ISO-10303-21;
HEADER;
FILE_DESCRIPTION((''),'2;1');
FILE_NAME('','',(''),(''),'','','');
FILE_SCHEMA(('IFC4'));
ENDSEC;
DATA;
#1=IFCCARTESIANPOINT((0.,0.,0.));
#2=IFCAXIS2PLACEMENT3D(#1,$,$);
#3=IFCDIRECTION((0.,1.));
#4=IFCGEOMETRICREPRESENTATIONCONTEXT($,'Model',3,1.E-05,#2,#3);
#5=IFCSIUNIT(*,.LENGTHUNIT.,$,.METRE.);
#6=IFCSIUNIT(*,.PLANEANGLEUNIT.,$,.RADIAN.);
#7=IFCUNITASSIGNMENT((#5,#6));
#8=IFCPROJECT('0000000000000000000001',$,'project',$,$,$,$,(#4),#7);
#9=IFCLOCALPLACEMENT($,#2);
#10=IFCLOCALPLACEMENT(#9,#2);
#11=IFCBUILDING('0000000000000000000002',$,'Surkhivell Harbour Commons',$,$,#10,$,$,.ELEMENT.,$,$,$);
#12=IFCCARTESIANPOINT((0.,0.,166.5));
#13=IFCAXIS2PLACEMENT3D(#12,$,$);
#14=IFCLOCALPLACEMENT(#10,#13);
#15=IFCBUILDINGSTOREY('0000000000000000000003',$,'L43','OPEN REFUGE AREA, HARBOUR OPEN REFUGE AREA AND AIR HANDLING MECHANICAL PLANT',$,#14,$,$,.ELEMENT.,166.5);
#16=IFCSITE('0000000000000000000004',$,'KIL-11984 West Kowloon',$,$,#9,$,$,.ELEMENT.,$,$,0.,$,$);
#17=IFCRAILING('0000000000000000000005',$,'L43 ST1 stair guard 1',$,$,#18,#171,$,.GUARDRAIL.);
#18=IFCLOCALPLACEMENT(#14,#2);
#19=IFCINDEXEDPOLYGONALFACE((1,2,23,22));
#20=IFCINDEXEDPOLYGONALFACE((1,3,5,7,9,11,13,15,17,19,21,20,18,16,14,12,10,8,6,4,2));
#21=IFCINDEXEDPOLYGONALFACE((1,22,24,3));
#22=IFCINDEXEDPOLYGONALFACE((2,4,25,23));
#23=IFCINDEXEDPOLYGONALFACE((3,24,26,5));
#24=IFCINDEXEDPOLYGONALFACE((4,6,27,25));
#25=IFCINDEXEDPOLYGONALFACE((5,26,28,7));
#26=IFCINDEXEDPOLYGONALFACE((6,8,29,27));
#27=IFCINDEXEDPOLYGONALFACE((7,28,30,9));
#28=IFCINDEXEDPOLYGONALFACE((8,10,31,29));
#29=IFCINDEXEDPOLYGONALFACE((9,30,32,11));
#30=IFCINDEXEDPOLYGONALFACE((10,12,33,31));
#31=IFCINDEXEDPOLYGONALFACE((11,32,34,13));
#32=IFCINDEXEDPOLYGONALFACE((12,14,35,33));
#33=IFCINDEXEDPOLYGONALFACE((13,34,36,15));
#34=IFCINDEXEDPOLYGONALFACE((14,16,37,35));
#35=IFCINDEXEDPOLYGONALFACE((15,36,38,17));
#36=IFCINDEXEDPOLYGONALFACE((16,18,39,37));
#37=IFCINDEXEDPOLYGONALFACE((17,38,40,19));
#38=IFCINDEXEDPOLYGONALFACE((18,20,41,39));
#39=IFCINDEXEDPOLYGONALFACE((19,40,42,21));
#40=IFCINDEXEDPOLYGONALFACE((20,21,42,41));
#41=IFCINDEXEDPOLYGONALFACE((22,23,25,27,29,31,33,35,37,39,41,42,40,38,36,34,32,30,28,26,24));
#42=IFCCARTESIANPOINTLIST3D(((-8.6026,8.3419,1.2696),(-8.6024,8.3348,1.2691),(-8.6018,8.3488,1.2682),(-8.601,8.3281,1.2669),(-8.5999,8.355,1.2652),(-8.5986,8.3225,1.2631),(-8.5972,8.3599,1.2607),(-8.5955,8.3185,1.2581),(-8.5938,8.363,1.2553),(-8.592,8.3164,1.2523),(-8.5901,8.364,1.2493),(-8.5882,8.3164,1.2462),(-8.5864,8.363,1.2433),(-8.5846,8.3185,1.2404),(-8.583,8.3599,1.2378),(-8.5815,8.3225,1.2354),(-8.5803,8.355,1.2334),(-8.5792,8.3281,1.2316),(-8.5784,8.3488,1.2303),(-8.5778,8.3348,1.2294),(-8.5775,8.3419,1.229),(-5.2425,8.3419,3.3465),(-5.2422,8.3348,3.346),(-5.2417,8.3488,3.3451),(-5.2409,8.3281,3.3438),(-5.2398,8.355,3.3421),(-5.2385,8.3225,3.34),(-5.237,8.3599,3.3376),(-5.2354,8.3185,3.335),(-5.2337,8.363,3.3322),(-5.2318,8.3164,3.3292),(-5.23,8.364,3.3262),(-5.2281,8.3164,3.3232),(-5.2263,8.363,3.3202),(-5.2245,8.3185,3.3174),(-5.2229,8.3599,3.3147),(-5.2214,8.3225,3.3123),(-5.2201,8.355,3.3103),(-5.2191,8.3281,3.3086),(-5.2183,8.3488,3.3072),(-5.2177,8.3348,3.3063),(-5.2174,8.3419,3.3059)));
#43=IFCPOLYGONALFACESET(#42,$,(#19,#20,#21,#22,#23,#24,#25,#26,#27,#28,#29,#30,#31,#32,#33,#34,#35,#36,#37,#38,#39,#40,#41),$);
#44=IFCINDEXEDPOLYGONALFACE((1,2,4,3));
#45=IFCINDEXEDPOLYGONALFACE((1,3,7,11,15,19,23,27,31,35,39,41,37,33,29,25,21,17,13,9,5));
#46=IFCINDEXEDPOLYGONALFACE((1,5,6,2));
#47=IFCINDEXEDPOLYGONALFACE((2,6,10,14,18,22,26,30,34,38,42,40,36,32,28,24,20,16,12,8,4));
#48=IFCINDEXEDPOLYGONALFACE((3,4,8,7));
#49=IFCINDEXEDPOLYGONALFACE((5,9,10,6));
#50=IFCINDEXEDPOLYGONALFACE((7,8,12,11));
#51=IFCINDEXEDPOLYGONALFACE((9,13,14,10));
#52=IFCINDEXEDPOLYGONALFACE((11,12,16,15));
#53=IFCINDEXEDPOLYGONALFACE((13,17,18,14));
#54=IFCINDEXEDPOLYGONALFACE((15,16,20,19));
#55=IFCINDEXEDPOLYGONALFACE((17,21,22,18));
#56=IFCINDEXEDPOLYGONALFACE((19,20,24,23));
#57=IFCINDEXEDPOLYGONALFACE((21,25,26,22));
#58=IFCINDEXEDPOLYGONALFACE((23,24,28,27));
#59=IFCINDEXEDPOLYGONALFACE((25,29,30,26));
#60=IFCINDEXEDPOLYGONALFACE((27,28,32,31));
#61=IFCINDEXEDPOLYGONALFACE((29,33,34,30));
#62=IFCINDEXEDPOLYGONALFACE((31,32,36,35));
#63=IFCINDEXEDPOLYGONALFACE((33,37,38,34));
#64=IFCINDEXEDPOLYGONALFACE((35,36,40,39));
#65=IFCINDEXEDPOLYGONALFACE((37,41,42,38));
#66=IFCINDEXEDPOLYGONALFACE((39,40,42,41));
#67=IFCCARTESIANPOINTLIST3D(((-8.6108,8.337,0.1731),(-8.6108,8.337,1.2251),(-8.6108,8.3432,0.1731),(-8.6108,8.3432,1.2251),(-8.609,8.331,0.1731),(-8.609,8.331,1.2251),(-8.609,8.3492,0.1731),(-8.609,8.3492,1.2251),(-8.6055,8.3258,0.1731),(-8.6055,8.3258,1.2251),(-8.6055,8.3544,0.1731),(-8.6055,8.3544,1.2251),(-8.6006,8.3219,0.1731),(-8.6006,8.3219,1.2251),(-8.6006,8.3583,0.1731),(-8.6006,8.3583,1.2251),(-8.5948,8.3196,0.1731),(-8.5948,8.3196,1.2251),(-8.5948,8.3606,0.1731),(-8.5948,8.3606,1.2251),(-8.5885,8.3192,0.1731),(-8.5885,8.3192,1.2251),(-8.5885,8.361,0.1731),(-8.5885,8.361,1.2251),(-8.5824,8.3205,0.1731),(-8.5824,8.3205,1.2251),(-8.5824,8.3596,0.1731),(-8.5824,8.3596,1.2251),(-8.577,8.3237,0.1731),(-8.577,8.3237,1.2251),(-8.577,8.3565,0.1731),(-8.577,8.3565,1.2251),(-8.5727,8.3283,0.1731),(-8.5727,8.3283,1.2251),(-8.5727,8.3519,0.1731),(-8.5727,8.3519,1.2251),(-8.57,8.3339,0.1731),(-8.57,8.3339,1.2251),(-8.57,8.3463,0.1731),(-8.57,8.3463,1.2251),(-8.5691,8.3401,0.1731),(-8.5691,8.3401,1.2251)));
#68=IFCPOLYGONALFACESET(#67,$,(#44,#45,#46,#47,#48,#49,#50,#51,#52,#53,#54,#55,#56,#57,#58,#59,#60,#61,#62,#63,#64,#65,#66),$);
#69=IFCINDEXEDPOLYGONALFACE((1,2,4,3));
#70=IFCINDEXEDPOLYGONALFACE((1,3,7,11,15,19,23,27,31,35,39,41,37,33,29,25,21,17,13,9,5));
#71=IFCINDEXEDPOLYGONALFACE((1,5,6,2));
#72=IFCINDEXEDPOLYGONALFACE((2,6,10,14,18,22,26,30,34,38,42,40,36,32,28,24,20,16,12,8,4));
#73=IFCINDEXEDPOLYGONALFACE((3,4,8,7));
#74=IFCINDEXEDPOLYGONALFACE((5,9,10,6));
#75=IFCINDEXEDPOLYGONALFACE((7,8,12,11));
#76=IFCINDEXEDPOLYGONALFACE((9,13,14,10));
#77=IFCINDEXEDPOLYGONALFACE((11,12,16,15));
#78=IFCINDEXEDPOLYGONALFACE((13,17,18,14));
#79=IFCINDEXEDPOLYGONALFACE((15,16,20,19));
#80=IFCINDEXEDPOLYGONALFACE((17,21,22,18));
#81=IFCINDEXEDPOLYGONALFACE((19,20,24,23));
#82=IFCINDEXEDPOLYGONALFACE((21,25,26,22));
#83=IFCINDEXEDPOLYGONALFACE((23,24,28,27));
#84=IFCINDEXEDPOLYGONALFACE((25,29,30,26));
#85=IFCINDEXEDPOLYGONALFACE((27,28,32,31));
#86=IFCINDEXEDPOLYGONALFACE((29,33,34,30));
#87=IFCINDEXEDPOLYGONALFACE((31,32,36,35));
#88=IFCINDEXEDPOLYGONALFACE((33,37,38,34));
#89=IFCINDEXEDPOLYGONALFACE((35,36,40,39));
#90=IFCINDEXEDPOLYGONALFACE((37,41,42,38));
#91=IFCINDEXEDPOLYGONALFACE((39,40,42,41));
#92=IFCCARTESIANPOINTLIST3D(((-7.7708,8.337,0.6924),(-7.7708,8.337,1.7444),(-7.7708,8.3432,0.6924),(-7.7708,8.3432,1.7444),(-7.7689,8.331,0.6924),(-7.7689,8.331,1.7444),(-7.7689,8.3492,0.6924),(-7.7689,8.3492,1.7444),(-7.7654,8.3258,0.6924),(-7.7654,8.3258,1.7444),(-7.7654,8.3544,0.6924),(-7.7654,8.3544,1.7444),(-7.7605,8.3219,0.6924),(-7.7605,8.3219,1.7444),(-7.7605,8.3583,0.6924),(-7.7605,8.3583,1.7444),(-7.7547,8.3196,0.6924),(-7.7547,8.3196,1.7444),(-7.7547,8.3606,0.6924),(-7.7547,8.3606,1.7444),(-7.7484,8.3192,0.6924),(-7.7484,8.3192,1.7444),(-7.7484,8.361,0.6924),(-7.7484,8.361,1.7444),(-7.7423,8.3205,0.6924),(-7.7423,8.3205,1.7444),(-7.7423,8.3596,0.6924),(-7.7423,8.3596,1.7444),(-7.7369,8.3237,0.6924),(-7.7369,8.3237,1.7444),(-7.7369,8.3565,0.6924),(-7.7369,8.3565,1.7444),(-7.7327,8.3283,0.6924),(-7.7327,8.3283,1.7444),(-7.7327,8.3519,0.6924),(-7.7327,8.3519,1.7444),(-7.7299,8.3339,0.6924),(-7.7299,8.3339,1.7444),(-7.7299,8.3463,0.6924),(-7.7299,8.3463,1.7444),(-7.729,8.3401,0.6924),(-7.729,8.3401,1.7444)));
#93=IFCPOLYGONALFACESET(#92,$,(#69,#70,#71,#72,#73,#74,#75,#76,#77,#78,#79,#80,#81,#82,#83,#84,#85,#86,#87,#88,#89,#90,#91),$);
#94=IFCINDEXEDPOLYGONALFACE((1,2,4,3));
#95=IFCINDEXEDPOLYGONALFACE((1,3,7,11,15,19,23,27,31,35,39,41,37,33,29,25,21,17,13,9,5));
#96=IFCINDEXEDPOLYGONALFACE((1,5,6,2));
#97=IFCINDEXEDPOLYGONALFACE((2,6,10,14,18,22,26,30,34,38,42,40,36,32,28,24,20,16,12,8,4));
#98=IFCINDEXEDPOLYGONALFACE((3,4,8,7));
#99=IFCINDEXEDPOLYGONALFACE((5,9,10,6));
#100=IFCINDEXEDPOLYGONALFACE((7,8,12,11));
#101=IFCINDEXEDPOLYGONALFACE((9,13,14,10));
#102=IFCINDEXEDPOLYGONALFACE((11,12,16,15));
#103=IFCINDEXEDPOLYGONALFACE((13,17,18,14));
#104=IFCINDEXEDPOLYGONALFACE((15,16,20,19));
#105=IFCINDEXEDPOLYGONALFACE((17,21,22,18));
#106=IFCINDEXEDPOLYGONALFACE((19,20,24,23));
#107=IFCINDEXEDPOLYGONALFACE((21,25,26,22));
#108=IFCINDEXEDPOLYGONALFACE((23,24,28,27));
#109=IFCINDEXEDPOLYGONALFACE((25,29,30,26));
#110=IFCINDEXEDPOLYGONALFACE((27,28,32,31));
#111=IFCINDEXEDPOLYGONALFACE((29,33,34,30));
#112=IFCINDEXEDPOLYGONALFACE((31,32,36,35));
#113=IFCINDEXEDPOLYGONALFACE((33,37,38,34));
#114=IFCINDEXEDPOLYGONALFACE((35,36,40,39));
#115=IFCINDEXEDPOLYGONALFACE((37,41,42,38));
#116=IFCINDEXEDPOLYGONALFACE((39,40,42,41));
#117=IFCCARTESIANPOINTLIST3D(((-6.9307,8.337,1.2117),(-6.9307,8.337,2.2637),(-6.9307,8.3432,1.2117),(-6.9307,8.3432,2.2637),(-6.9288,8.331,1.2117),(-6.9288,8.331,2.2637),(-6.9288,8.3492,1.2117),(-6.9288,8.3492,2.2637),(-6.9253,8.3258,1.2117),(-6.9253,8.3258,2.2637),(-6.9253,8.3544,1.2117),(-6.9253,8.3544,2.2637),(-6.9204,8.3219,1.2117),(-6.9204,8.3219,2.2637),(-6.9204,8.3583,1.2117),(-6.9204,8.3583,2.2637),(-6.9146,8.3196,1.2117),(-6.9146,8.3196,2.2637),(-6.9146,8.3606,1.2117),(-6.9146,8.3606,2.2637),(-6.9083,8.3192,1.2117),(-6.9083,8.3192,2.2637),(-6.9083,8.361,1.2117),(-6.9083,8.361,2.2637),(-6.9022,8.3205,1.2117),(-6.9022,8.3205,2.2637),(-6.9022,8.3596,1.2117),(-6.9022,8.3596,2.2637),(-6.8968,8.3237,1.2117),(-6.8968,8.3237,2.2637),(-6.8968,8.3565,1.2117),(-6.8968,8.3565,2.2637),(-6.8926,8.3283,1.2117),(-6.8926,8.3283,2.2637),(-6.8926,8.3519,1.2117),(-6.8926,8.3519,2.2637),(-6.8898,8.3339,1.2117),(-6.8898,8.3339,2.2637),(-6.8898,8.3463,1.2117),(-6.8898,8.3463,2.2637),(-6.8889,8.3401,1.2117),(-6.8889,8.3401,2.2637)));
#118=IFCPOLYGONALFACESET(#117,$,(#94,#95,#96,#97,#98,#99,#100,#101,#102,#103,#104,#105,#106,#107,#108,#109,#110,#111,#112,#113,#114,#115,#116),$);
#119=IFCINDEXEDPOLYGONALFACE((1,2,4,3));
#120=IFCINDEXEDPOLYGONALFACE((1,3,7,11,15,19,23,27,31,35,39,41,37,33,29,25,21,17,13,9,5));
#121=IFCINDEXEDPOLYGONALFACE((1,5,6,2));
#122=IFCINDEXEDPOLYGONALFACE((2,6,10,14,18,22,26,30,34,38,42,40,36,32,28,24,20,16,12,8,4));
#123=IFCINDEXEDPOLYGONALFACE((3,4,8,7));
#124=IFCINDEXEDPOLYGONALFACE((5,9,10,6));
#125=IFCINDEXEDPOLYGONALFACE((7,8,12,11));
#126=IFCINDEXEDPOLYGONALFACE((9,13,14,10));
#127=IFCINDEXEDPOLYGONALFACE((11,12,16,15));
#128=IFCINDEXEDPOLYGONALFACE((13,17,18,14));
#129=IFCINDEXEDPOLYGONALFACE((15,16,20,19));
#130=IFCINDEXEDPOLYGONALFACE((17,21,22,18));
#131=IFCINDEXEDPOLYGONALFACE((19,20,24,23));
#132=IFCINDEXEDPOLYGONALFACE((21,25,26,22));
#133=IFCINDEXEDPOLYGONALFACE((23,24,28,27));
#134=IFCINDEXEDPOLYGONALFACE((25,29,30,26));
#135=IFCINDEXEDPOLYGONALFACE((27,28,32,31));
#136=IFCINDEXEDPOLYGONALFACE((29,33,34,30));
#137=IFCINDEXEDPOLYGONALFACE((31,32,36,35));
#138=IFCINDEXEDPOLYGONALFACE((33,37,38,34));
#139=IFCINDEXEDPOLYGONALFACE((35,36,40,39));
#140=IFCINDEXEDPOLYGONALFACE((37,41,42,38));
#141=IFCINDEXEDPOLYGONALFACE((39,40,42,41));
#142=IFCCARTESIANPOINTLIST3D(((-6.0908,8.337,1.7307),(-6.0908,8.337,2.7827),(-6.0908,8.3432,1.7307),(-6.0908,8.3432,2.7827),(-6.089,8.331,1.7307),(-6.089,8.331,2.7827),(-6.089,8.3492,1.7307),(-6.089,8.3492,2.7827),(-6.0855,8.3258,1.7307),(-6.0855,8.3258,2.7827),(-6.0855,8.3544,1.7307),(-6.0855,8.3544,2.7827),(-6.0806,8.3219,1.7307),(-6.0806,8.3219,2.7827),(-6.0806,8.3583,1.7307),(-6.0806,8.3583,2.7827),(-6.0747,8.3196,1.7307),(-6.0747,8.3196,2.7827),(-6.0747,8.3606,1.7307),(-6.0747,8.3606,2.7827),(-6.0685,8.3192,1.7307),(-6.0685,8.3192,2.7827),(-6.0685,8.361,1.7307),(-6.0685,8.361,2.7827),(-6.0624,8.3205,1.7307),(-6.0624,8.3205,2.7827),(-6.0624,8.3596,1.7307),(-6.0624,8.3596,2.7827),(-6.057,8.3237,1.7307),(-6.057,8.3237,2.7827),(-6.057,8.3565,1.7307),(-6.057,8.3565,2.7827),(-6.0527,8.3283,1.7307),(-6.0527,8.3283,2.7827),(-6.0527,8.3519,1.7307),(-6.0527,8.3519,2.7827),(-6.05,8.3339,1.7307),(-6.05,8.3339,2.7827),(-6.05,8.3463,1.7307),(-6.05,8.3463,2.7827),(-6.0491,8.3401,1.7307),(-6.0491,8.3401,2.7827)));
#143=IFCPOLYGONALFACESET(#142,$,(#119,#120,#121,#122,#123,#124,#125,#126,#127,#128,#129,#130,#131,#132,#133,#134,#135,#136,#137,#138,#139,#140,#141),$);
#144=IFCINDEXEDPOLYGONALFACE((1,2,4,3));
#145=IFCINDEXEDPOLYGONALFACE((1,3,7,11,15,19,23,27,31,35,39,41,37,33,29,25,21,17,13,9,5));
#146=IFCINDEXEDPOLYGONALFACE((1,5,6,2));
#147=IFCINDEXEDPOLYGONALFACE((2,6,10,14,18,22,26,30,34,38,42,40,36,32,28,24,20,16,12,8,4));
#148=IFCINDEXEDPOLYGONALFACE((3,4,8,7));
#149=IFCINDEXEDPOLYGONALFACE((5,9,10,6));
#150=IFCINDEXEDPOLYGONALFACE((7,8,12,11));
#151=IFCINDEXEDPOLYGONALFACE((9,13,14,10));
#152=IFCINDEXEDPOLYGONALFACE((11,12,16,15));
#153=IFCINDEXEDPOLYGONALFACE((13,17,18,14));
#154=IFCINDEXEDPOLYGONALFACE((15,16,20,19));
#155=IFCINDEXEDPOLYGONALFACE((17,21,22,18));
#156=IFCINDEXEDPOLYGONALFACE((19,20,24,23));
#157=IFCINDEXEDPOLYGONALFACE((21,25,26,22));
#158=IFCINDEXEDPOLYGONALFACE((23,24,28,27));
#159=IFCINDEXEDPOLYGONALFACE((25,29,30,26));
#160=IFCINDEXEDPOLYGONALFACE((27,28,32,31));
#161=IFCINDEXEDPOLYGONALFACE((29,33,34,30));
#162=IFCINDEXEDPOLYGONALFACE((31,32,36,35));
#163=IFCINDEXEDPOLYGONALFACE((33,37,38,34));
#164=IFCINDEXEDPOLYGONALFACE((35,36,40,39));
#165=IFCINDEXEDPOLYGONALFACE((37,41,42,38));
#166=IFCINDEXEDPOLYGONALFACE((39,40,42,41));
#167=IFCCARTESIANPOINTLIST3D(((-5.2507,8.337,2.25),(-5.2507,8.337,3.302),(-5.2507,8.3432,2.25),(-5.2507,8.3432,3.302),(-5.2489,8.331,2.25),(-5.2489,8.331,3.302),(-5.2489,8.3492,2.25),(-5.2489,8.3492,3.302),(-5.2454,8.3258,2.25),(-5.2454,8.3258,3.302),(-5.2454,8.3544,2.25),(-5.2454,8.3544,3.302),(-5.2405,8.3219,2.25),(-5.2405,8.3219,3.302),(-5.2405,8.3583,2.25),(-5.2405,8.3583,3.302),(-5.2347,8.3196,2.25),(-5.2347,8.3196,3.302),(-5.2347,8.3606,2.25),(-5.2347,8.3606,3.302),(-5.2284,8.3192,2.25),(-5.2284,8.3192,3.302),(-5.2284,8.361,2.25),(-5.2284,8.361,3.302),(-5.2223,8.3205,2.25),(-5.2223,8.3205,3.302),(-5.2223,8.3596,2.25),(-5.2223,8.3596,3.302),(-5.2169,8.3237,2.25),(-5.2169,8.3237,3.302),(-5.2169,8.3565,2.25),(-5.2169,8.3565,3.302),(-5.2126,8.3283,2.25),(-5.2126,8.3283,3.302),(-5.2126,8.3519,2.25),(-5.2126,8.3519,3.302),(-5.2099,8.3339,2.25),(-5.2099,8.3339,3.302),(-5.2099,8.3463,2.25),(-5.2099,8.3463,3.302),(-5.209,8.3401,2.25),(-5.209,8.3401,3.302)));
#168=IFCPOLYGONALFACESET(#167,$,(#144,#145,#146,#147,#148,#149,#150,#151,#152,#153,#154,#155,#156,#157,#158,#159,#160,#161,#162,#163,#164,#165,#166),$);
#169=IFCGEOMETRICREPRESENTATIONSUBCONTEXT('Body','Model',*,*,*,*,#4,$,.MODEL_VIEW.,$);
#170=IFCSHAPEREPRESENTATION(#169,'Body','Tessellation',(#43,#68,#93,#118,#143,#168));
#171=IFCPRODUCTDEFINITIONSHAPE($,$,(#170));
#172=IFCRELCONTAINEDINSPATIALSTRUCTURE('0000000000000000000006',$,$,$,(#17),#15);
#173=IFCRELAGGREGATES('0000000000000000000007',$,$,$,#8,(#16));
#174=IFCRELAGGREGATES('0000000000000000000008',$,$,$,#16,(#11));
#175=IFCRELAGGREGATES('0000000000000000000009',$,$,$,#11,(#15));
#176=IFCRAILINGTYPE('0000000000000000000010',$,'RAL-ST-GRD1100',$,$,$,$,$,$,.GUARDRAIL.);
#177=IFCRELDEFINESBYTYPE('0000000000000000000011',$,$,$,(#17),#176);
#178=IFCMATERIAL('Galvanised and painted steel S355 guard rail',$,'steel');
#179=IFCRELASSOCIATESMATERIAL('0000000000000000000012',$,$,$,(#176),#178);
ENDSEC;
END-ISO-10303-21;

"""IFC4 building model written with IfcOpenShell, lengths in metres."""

from ifc_helpers import new_model, si_unit, direction, frame, origin, origin_2d, place, context, subcontext, project, spatial, circle, extrude, material, type_object, element, save


model = new_model("IFC4")

# Units and contexts
model_context = context("Model", 3, precision=1e-05, world=origin(), true_north=direction((0.0, 1.0)))
body_context = subcontext(model_context, "Body", "Model", "MODEL_VIEW")
ifc_project = project(units=[si_unit("LENGTHUNIT", "METRE"), si_unit("PLANEANGLEUNIT", "RADIAN")], contexts=[model_context])

# Site, building, storey
site_placement = place(None, origin())
site = spatial("IfcSite", under=ifc_project, at=site_placement, Name="KIL-11984 West Kowloon", CompositionType="ELEMENT", RefElevation=0.0)
building_placement = place(site_placement, origin())
building = spatial("IfcBuilding", under=site, at=building_placement, Name="Surkhivell Harbour Commons", CompositionType="ELEMENT")
storey_placement = place(building_placement, frame((0.0, 0.0, 166.5)))
storey = spatial("IfcBuildingStorey", under=building, at=storey_placement, Name="L43", Description="OPEN REFUGE AREA, HARBOUR OPEN REFUGE AREA AND AIR HANDLING MECHANICAL PLANT", CompositionType="ELEMENT", Elevation=166.5)

# Railing
ifc_material_1 = material(Name="Galvanised and painted steel S355 guard rail", Category="steel")
railing_type_1 = type_object("IfcRailingType", Name="RAL-ST-GRD1100", PredefinedType="GUARDRAIL", material=ifc_material_1)
railing_1_placement = place(storey_placement, frame((-8.5901, 8.3401, 0.1731)))
element("IfcRailing", 1, at=railing_1_placement, inside=storey, type_object=railing_type_1, Name="L43 ST1 stair guard 1", PredefinedType="GUARDRAIL", context=body_context, shape_type="SweptSolid", body=[
    extrude(circle(Radius=0.0239, at=origin_2d()), frame((0.0, 0.0, 1.0762), z_axis=(0.850623, 0.0, 0.525776), x_axis=(0.0, 1.0, 0.0)), (0.0, 0.0, 1.0), 3.9502),
    extrude(circle(Radius=0.021, at=origin_2d()), origin(), (0.0, 0.0, 1.0), 1.052),
    extrude(circle(Radius=0.021, at=origin_2d()), frame((0.8401, 0.0, 0.5193)), (0.0, 0.0, 1.0), 1.052),
    extrude(circle(Radius=0.021, at=origin_2d()), frame((1.6802, 0.0, 1.0386)), (0.0, 0.0, 1.0), 1.052),
    extrude(circle(Radius=0.021, at=origin_2d()), frame((2.52, 0.0, 1.5576)), (0.0, 0.0, 1.0), 1.052),
    extrude(circle(Radius=0.021, at=origin_2d()), frame((3.3601, 0.0, 2.0769)), (0.0, 0.0, 1.0), 1.052),
])

save(model, "model.ifc")
